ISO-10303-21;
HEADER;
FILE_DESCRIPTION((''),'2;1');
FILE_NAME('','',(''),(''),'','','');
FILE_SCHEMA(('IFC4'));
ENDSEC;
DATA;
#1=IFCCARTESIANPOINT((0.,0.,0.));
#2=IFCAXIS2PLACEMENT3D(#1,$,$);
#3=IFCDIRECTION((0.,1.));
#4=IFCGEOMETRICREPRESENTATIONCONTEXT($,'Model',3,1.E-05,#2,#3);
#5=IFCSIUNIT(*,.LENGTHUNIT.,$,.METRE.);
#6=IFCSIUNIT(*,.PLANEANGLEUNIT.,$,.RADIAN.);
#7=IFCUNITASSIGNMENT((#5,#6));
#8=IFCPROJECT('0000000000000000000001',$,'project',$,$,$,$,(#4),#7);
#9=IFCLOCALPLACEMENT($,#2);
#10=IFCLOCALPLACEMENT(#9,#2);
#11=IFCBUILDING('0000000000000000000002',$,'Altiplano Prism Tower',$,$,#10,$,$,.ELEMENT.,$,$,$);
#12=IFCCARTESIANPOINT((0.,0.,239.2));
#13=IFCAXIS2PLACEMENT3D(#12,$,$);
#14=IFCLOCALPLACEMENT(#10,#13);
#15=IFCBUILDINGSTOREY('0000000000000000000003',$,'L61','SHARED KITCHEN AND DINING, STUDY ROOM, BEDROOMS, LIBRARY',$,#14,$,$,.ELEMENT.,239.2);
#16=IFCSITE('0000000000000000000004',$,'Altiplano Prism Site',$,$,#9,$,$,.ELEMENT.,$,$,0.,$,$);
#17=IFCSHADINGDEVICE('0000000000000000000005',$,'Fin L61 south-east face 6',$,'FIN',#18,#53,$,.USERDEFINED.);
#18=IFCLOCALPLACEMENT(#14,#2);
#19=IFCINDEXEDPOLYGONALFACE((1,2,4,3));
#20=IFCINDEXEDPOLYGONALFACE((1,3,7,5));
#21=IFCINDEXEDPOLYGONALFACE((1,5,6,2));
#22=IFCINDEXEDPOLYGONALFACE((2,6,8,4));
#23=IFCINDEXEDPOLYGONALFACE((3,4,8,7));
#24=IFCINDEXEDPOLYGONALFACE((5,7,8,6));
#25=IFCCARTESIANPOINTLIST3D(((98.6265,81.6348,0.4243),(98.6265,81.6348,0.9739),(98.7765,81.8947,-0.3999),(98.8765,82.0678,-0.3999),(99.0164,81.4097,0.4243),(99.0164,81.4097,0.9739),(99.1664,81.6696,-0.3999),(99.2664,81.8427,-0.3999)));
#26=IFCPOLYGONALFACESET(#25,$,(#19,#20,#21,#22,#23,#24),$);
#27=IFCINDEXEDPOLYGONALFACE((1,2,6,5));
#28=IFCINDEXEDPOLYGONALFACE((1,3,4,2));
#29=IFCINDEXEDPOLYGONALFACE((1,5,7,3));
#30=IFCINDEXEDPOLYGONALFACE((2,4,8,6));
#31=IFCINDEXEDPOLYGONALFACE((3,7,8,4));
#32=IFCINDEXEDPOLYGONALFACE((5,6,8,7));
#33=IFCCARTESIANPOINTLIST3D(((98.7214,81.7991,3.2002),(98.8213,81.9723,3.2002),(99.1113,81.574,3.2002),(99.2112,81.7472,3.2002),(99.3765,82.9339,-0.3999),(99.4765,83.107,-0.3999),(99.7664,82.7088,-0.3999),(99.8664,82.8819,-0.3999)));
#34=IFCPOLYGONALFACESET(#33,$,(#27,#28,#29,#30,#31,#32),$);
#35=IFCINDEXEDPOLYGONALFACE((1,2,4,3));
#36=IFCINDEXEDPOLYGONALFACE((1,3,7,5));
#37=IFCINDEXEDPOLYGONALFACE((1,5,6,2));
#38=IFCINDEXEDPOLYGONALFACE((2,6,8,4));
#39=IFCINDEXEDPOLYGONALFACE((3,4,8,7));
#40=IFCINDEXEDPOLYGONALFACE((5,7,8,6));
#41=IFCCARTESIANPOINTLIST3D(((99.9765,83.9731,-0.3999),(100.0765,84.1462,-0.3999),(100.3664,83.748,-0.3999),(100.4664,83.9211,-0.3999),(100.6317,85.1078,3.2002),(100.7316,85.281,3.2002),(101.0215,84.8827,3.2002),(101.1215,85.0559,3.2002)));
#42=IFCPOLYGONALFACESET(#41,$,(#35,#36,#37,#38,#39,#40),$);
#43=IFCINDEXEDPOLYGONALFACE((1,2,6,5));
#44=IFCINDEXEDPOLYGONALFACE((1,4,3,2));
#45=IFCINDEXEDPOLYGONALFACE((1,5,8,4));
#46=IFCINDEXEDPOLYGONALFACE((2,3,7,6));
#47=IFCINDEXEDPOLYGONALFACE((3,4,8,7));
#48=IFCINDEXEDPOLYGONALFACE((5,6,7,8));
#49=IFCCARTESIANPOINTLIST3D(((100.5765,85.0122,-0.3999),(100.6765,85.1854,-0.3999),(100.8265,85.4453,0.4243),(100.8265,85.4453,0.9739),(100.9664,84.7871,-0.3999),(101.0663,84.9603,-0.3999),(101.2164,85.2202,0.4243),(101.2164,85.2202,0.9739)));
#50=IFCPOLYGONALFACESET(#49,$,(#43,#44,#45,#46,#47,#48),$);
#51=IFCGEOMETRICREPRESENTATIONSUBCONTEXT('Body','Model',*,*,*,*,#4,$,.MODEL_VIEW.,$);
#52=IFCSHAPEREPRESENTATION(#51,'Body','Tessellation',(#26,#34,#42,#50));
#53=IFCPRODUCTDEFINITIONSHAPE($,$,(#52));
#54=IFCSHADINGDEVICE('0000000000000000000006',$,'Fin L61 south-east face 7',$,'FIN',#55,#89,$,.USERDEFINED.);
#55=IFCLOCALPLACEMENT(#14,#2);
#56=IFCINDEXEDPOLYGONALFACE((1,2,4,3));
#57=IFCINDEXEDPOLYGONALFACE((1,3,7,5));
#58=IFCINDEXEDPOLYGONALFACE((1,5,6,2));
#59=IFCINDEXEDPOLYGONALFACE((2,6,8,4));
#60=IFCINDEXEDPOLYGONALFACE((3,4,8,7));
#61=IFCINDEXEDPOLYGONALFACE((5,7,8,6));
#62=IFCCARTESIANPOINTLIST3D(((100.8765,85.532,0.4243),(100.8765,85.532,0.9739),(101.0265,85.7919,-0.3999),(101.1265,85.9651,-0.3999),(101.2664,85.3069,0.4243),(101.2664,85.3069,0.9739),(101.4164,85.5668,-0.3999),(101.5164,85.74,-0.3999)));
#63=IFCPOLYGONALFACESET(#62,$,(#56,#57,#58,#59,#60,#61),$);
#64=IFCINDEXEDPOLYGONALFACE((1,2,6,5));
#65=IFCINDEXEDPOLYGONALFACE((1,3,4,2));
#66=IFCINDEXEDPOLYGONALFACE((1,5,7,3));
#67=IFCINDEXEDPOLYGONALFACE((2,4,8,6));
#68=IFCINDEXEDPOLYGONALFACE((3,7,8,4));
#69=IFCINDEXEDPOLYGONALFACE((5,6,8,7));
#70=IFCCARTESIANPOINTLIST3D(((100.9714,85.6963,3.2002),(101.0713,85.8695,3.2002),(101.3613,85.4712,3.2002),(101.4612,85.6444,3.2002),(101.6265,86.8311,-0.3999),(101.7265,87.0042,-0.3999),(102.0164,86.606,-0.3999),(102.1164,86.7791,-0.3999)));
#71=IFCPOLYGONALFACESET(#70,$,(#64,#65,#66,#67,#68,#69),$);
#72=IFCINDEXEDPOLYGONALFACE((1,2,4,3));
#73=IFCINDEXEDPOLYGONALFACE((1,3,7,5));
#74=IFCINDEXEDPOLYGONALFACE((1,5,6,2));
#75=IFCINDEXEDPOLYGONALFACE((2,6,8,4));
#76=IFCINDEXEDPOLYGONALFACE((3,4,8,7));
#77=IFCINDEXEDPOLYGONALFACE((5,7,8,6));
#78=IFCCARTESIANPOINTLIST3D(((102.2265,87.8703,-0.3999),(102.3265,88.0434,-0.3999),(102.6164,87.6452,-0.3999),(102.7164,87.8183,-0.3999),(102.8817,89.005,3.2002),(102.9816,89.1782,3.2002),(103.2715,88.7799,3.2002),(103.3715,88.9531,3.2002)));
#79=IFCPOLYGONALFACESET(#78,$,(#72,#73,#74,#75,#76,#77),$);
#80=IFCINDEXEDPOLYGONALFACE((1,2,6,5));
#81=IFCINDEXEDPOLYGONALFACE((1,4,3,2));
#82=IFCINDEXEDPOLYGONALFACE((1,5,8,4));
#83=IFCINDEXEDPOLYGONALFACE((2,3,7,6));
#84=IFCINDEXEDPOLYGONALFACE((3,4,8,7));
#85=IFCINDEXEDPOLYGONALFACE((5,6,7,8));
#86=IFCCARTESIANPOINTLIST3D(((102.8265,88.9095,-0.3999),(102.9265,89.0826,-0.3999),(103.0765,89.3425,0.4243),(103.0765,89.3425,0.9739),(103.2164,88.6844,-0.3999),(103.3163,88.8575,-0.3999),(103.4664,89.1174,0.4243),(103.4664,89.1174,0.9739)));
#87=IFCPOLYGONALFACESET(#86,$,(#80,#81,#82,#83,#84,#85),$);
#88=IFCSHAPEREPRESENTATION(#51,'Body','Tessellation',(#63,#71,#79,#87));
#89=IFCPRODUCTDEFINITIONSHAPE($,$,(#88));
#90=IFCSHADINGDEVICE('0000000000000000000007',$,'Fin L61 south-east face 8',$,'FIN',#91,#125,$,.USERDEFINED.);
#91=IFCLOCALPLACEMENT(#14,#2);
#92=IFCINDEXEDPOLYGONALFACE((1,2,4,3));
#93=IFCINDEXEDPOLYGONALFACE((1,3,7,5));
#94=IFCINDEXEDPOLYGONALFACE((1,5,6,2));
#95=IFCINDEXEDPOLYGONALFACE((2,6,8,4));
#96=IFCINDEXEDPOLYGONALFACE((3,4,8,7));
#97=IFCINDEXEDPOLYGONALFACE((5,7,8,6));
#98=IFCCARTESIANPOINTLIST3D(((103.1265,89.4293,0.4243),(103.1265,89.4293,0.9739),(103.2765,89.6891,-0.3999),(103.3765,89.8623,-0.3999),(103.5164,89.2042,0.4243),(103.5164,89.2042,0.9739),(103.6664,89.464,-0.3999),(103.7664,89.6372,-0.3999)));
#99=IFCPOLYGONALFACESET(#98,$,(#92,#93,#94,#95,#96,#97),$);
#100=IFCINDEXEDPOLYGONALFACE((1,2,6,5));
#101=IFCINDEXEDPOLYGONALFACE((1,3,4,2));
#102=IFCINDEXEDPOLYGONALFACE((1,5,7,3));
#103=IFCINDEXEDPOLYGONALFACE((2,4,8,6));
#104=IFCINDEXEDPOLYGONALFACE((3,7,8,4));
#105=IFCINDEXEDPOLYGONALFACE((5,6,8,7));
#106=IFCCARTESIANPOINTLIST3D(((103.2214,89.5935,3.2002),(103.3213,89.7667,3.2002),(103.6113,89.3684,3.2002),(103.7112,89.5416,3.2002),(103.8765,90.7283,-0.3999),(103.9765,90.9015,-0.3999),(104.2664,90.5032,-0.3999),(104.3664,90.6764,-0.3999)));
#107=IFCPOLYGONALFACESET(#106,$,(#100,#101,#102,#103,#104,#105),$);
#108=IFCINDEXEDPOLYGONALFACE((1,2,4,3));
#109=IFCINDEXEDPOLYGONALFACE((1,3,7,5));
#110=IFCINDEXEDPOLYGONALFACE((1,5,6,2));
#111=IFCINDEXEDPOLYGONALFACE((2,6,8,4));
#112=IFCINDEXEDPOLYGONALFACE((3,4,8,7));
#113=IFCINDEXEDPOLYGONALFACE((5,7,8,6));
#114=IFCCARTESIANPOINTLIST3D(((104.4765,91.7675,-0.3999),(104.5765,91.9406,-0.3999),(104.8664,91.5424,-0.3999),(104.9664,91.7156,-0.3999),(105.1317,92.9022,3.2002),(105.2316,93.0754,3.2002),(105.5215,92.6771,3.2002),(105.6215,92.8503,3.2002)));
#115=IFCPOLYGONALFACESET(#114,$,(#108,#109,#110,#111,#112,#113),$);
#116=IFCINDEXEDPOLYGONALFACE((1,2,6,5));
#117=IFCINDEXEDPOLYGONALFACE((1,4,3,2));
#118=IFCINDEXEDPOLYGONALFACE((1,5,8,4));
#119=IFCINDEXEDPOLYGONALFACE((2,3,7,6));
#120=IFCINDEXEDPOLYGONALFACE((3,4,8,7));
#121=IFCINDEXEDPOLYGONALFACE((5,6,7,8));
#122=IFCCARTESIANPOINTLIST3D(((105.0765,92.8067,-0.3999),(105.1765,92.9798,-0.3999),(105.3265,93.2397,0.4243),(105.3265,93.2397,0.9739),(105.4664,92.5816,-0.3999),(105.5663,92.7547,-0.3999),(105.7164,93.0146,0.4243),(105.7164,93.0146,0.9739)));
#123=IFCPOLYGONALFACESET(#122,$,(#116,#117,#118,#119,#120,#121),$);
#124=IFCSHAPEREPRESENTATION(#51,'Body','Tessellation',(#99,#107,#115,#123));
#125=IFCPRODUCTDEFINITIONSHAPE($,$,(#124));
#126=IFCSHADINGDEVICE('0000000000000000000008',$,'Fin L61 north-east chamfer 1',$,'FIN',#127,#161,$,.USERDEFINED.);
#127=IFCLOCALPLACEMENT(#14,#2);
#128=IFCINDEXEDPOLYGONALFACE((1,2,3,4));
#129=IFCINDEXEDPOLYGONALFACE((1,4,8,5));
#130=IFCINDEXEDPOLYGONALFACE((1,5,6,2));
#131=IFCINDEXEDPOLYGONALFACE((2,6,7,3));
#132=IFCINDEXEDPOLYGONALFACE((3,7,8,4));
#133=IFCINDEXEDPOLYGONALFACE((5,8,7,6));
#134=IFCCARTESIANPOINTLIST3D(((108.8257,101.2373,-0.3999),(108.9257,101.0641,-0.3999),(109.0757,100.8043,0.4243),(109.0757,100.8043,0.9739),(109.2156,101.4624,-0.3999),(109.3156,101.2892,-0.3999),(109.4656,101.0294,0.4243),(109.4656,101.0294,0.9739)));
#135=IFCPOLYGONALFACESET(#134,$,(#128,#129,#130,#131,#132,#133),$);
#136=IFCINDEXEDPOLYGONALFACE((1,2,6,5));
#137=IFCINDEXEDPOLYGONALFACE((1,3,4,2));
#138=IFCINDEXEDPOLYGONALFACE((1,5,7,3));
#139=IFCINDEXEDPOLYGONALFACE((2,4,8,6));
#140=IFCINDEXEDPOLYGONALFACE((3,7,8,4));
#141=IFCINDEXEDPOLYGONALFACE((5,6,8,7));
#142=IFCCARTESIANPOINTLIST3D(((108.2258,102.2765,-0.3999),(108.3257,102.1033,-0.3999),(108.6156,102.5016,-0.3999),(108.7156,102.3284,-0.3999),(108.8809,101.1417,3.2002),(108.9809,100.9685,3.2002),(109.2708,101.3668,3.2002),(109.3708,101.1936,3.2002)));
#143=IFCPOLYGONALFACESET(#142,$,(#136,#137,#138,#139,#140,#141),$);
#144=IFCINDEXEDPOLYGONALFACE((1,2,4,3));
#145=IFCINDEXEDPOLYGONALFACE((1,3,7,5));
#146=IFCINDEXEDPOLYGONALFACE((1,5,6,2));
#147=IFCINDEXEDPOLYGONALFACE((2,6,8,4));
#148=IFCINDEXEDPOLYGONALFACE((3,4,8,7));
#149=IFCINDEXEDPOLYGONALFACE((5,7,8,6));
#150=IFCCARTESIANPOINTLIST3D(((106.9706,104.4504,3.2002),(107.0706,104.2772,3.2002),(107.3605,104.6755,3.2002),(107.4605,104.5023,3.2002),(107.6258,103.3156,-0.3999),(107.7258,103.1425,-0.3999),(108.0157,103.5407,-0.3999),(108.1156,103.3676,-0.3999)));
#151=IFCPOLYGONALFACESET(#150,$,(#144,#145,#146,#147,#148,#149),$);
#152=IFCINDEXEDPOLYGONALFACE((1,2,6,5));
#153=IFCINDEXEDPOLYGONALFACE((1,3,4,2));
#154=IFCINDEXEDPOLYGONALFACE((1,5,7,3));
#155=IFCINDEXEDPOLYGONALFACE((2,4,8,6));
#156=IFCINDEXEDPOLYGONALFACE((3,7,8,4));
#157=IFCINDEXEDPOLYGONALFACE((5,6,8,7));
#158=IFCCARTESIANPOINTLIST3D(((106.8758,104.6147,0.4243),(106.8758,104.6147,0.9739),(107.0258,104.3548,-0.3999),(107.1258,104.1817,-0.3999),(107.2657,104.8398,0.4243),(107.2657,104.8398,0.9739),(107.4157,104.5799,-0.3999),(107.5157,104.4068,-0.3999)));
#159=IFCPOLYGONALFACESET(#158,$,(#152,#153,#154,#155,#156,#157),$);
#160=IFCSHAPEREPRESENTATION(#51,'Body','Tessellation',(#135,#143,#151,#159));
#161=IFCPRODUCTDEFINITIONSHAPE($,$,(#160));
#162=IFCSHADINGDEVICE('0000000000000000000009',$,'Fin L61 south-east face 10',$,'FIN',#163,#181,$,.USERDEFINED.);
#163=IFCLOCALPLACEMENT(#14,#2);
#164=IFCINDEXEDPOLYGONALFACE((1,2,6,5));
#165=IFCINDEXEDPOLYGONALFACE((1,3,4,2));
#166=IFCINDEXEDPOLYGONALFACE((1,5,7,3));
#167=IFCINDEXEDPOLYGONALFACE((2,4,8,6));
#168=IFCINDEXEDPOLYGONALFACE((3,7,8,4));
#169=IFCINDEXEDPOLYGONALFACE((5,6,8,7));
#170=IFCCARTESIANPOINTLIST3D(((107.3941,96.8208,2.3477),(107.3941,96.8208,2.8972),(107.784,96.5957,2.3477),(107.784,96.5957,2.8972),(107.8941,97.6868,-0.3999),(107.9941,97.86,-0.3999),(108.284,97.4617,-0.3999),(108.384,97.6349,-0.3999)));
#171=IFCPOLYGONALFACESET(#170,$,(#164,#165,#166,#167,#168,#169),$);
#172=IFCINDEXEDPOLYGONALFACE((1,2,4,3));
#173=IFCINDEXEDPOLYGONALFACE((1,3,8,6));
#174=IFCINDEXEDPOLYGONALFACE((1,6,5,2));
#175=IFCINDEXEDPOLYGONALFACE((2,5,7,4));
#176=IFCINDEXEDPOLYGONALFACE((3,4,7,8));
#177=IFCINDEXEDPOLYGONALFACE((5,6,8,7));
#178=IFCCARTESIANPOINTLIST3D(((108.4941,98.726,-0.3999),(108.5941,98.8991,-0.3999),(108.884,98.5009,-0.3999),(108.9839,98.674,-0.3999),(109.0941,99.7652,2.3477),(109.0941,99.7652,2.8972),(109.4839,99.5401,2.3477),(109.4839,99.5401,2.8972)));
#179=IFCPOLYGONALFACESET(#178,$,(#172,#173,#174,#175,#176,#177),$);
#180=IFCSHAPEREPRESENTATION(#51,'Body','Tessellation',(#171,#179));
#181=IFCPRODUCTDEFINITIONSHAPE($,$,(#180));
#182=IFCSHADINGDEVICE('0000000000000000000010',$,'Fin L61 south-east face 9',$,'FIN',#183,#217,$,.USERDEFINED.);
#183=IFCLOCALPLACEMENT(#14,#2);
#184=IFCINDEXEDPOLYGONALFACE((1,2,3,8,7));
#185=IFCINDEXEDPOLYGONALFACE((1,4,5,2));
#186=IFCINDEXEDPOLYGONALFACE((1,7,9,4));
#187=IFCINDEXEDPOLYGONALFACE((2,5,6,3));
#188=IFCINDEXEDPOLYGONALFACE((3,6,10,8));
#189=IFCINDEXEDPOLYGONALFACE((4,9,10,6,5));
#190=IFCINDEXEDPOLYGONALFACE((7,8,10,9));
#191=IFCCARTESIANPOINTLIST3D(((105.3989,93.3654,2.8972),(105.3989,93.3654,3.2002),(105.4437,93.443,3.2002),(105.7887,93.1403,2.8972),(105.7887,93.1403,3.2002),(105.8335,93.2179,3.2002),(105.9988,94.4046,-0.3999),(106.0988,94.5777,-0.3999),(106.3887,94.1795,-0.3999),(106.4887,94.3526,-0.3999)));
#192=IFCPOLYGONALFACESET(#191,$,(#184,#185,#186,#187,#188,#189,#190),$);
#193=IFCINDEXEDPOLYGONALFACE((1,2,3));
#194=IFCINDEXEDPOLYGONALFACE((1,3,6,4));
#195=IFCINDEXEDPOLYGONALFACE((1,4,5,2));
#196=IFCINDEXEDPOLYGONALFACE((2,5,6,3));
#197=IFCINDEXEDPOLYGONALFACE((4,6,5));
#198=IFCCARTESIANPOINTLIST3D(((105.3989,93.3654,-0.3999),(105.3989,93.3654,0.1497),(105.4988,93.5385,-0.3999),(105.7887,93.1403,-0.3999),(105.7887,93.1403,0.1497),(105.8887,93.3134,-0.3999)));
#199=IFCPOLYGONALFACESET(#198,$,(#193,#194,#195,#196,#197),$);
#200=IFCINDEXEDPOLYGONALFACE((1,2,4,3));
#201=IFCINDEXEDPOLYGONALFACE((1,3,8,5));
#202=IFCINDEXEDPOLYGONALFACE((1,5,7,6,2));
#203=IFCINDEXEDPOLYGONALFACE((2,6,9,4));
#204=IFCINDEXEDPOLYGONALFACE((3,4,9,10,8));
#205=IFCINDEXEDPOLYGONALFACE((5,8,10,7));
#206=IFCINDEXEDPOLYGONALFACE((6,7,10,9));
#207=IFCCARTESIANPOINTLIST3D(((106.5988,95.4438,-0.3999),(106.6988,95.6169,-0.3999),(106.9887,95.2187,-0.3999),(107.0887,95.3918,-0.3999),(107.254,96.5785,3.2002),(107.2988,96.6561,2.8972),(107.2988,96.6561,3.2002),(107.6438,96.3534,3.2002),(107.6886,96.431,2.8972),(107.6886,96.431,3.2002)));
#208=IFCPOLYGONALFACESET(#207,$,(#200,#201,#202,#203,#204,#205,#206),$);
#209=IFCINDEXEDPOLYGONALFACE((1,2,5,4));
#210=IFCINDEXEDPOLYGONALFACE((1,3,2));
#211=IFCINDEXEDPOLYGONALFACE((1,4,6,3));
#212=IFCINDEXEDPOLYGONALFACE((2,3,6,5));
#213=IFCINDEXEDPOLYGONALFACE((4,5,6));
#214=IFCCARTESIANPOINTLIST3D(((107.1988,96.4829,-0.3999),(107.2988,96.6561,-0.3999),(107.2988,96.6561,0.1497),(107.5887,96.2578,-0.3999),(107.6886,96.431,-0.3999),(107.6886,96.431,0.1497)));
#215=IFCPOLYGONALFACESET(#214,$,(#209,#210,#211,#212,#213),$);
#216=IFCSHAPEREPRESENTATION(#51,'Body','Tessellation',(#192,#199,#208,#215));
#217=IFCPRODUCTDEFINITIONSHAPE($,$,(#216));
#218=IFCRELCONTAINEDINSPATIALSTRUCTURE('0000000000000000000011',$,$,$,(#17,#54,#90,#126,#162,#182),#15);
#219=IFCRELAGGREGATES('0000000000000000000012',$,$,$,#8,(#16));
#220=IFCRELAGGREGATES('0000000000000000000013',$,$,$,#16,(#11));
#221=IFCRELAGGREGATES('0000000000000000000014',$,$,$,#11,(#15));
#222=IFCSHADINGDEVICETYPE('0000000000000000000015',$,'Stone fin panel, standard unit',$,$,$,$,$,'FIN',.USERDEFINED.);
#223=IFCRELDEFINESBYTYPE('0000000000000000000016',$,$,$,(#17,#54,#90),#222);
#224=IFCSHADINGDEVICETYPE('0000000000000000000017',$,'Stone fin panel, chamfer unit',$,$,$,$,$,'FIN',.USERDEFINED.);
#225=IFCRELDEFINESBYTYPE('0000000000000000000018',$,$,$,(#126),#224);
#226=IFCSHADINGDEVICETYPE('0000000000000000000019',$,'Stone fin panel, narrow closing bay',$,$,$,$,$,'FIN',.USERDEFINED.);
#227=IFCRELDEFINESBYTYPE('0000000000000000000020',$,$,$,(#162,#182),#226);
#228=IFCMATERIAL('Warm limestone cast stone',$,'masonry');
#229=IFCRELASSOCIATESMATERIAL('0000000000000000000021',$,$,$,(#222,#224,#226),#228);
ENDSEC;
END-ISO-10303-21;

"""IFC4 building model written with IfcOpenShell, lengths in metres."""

from ifc_helpers import new_model, si_unit, direction, frame, origin, place, context, subcontext, project, spatial, polyline, outline, extrude, source, transform, mapped, material, type_object, element, save


model = new_model("IFC4")

# Units and contexts
model_context = context("Model", 3, precision=1e-05, world=origin(), true_north=direction((0.0, 1.0)))
body_context = subcontext(model_context, "Body", "Model", "MODEL_VIEW")
ifc_project = project(units=[si_unit("LENGTHUNIT", "METRE"), si_unit("PLANEANGLEUNIT", "RADIAN")], contexts=[model_context])

# Site, building, storey
site_placement = place(None, origin())
site = spatial("IfcSite", under=ifc_project, at=site_placement, Name="Altiplano Prism Site", CompositionType="ELEMENT", RefElevation=0.0)
building_placement = place(site_placement, origin())
building = spatial("IfcBuilding", under=site, at=building_placement, Name="Altiplano Prism Tower", CompositionType="ELEMENT")
storey_placement = place(building_placement, frame((0.0, 0.0, 239.2)))
storey = spatial("IfcBuildingStorey", under=building, at=storey_placement, Name="L61", Description="SHARED KITCHEN AND DINING, STUDY ROOM, BEDROOMS, LIBRARY", CompositionType="ELEMENT", Elevation=239.2)

# Shading devices
ifc_material_1 = material(Name="Warm limestone cast stone", Category="masonry")
shading_device_type_1 = type_object("IfcShadingDeviceType", Name="Stone fin panel, standard unit", ElementType="FIN", PredefinedType="USERDEFINED", material=ifc_material_1)
shared_shape_1 = source(origin(), body_context, "Body", "SweptSolid", [
    extrude(outline(polyline([(-2.2, 1.3738), (-2.2, 0.8242), (-1.8999, 0.0), (-1.7, 0.0), (-2.2, 1.3738)])), frame((0.0, -0.1499, 0.0), z_axis=(0.0, -1.0, 0.0), x_axis=(1.0, 0.0, 0.0)), (0.0, 0.0, 1.0), 0.4502),
    extrude(outline(polyline([(-2.0103, 3.6001), (-0.7, 0.0), (-0.5, 0.0), (-1.8103, 3.6001), (-2.0103, 3.6001)])), frame((0.0, -0.1499, 0.0), z_axis=(0.0, -1.0, 0.0), x_axis=(1.0, 0.0, 0.0)), (0.0, 0.0, 1.0), 0.4502),
    extrude(outline(polyline([(1.8103, 3.6001), (0.5, 0.0), (0.7, 0.0), (2.0103, 3.6001), (1.8103, 3.6001)])), frame((0.0, -0.1499, 0.0), z_axis=(0.0, -1.0, 0.0), x_axis=(1.0, 0.0, 0.0)), (0.0, 0.0, 1.0), 0.4502),
    extrude(outline(polyline([(2.2, 0.8242), (2.2, 1.3738), (1.7, 0.0), (1.8999, 0.0), (2.2, 0.8242)])), frame((0.0, -0.1499, 0.0), z_axis=(0.0, -1.0, 0.0), x_axis=(1.0, 0.0, 0.0)), (0.0, 0.0, 1.0), 0.4502),
])
shading_device_1_placement = place(storey_placement, origin())
element("IfcShadingDevice", 1, at=shading_device_1_placement, inside=storey, type_object=shading_device_type_1, Name="Fin L61 south-east face 6", ObjectType="FIN", PredefinedType="USERDEFINED", context=body_context, shape_type="MappedRepresentation", body=[
    mapped(shared_shape_1, transform((99.5967, 83.615, -0.3999), x_axis=(0.5, 0.866025, 0.0), y_axis=(-0.866025, 0.5, 0.0), z_axis=(0.0, 0.0, 1.0))),
])
shading_device_2_placement = place(storey_placement, origin())
element("IfcShadingDevice", 2, at=shading_device_2_placement, inside=storey, type_object=shading_device_type_1, Name="Fin L61 south-east face 7", ObjectType="FIN", PredefinedType="USERDEFINED", context=body_context, shape_type="MappedRepresentation", body=[
    mapped(shared_shape_1, transform((101.8467, 87.5122, -0.3999), x_axis=(0.5, 0.866025, 0.0), y_axis=(-0.866025, 0.5, 0.0), z_axis=(0.0, 0.0, 1.0))),
])
shading_device_3_placement = place(storey_placement, origin())
element("IfcShadingDevice", 3, at=shading_device_3_placement, inside=storey, type_object=shading_device_type_1, Name="Fin L61 south-east face 8", ObjectType="FIN", PredefinedType="USERDEFINED", context=body_context, shape_type="MappedRepresentation", body=[
    mapped(shared_shape_1, transform((104.0967, 91.4094, -0.3999), x_axis=(0.5, 0.866025, 0.0), y_axis=(-0.866025, 0.5, 0.0), z_axis=(0.0, 0.0, 1.0))),
])
shading_device_type_2 = type_object("IfcShadingDeviceType", Name="Stone fin panel, chamfer unit", ElementType="FIN", PredefinedType="USERDEFINED", material=ifc_material_1)
shading_device_4_placement = place(storey_placement, origin())
element("IfcShadingDevice", 4, at=shading_device_4_placement, inside=storey, type_object=shading_device_type_2, Name="Fin L61 north-east chamfer 1", ObjectType="FIN", PredefinedType="USERDEFINED", context=body_context, shape_type="MappedRepresentation", body=[
    mapped(shared_shape_1, transform((107.8459, 102.6345, -0.3999), x_axis=(-0.5, 0.866025, 0.0), y_axis=(-0.866025, -0.5, 0.0), z_axis=(0.0, 0.0, 1.0))),
])
shading_device_type_3 = type_object("IfcShadingDeviceType", Name="Stone fin panel, narrow closing bay", ElementType="FIN", PredefinedType="USERDEFINED", material=ifc_material_1)
shared_shape_2 = source(origin(), body_context, "Body", "SweptSolid", [
    extrude(outline(polyline([(-1.7, 3.2971), (-1.7, 2.7476), (-0.7, 0.0), (-0.5, 0.0), (-1.7, 3.2971)])), frame((0.0, -0.1499, 0.0), z_axis=(0.0, -1.0, 0.0), x_axis=(1.0, 0.0, 0.0)), (0.0, 0.0, 1.0), 0.4502),
    extrude(outline(polyline([(1.7, 2.7476), (1.7, 3.2971), (0.5, 0.0), (0.7, 0.0), (1.7, 2.7476)])), frame((0.0, -0.1499, 0.0), z_axis=(0.0, -1.0, 0.0), x_axis=(1.0, 0.0, 0.0)), (0.0, 0.0, 1.0), 0.4502),
])
shading_device_5_placement = place(storey_placement, origin())
element("IfcShadingDevice", 5, at=shading_device_5_placement, inside=storey, type_object=shading_device_type_3, Name="Fin L61 south-east face 10", ObjectType="FIN", PredefinedType="USERDEFINED", context=body_context, shape_type="MappedRepresentation", body=[
    mapped(shared_shape_2, transform((108.1143, 98.3679, -0.3999), x_axis=(0.5, 0.866025, 0.0), y_axis=(-0.866025, 0.5, 0.0), z_axis=(0.0, 0.0, 1.0))),
])
shared_shape_3 = source(origin(), body_context, "Body", "SweptSolid", [
    extrude(outline(polyline([(-1.8999, 3.6001), (-1.8999, 3.2971), (-0.7, 0.0), (-0.5, 0.0), (-1.8103, 3.6001), (-1.8999, 3.6001)])), frame((0.0, -0.1499, 0.0), z_axis=(0.0, -1.0, 0.0), x_axis=(1.0, 0.0, 0.0)), (0.0, 0.0, 1.0), 0.4502),
    extrude(outline(polyline([(-1.8999, 0.5496), (-1.8999, 0.0), (-1.7, 0.0), (-1.8999, 0.5496)])), frame((0.0, -0.1499, 0.0), z_axis=(0.0, -1.0, 0.0), x_axis=(1.0, 0.0, 0.0)), (0.0, 0.0, 1.0), 0.4502),
    extrude(outline(polyline([(1.8103, 3.6001), (0.5, 0.0), (0.7, 0.0), (1.8999, 3.2971), (1.8999, 3.6001), (1.8103, 3.6001)])), frame((0.0, -0.1499, 0.0), z_axis=(0.0, -1.0, 0.0), x_axis=(1.0, 0.0, 0.0)), (0.0, 0.0, 1.0), 0.4502),
    extrude(outline(polyline([(1.8999, 0.0), (1.8999, 0.5496), (1.7, 0.0), (1.8999, 0.0)])), frame((0.0, -0.1499, 0.0), z_axis=(0.0, -1.0, 0.0), x_axis=(1.0, 0.0, 0.0)), (0.0, 0.0, 1.0), 0.4502),
])
shading_device_6_placement = place(storey_placement, origin())
element("IfcShadingDevice", 6, at=shading_device_6_placement, inside=storey, type_object=shading_device_type_3, Name="Fin L61 south-east face 9", ObjectType="FIN", PredefinedType="USERDEFINED", context=body_context, shape_type="MappedRepresentation", body=[
    mapped(shared_shape_3, transform((106.219, 95.0857, -0.3999), x_axis=(0.5, 0.866025, 0.0), y_axis=(-0.866025, 0.5, 0.0), z_axis=(0.0, 0.0, 1.0))),
])

save(model, "model.ifc")
